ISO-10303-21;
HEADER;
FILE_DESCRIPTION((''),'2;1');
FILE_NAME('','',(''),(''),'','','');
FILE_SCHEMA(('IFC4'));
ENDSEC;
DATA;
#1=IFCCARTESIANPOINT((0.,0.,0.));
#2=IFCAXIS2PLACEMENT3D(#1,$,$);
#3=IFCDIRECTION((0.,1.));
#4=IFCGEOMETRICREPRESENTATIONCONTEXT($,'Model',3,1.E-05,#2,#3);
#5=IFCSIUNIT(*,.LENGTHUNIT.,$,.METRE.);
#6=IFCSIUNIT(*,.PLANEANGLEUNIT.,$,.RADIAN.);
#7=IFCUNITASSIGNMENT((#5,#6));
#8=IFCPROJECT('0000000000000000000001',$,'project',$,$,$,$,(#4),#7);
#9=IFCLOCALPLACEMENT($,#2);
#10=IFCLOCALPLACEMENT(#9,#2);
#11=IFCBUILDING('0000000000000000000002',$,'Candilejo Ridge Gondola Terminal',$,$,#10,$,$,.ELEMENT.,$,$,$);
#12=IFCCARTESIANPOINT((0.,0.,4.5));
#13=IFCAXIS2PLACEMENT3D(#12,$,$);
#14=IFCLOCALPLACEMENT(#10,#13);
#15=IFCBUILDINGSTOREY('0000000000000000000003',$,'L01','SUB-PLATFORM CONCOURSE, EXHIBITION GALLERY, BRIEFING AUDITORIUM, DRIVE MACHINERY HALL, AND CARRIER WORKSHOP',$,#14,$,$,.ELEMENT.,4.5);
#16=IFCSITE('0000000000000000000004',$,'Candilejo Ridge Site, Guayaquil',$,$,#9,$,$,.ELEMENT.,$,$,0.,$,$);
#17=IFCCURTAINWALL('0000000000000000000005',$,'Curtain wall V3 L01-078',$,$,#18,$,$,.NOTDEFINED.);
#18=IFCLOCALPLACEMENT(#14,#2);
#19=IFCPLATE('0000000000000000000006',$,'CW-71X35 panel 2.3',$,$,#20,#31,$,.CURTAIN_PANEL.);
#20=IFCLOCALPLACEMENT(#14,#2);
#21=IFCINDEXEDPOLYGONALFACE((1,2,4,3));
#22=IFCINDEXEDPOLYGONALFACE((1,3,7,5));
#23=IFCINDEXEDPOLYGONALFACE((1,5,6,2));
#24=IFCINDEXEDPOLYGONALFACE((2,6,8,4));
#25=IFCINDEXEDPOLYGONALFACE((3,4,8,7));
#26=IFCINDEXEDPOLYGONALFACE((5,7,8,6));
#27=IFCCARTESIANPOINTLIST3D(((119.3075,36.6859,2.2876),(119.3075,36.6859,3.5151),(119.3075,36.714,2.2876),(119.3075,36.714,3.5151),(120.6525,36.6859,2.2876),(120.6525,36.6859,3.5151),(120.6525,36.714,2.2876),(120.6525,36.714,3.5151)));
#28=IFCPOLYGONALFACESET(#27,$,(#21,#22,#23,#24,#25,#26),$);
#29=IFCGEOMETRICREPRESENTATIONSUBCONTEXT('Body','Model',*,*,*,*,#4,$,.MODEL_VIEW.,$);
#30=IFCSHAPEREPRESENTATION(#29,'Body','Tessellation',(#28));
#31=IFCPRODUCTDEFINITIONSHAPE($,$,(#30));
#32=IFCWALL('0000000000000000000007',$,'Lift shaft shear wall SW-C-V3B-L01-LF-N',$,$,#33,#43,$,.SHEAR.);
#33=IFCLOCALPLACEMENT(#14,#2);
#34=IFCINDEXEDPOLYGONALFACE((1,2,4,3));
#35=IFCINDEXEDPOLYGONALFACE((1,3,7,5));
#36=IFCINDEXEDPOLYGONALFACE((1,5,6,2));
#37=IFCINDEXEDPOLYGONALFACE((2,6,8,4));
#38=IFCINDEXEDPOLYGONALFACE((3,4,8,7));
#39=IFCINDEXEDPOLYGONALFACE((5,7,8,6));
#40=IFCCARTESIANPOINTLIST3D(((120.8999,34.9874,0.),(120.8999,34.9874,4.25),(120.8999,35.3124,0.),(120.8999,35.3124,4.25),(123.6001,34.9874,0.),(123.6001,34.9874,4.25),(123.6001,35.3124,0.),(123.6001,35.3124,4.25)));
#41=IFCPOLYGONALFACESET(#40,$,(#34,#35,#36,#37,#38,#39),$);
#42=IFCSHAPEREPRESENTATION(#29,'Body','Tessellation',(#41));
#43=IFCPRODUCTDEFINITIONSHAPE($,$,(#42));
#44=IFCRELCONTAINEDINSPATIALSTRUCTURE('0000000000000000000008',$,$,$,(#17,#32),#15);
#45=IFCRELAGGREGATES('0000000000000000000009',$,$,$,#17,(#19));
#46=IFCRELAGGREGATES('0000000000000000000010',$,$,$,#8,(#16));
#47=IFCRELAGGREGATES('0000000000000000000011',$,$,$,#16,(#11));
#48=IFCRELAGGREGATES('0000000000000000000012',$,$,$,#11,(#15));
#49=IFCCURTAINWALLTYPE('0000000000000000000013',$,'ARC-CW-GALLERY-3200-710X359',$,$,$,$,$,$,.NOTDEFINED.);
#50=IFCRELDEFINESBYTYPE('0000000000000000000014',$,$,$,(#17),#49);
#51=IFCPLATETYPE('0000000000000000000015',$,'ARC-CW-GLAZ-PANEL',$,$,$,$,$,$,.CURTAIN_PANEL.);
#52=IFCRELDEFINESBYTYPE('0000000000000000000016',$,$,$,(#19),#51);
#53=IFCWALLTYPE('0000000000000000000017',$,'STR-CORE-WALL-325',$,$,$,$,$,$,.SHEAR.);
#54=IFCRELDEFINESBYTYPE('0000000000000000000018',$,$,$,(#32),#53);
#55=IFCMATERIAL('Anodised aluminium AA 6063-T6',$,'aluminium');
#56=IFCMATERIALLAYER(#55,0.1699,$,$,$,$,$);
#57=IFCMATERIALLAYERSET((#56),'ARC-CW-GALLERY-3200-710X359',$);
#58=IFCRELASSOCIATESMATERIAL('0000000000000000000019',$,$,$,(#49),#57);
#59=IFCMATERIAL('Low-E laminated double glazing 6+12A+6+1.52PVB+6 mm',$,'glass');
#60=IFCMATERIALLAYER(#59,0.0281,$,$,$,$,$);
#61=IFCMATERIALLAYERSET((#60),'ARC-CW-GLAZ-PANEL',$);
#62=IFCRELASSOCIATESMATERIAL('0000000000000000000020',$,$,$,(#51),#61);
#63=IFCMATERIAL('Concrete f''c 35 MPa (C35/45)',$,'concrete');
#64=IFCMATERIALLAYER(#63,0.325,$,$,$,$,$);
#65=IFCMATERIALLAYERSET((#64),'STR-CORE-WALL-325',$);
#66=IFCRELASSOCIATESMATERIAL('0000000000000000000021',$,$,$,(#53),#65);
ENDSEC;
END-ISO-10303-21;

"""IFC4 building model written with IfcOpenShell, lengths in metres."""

from ifc_helpers import new_model, si_unit, direction, frame, frame_2d, origin, origin_2d, place, context, subcontext, project, spatial, rectangle, extrude, material, layer, layer_set, type_object, element, aggregate, save


model = new_model("IFC4")

# Units and contexts
model_context = context("Model", 3, precision=1e-05, world=origin(), true_north=direction((0.0, 1.0)))
body_context = subcontext(model_context, "Body", "Model", "MODEL_VIEW")
ifc_project = project(units=[si_unit("LENGTHUNIT", "METRE"), si_unit("PLANEANGLEUNIT", "RADIAN")], contexts=[model_context])

# Site, building, storey
site_placement = place(None, origin())
site = spatial("IfcSite", under=ifc_project, at=site_placement, Name="Candilejo Ridge Site, Guayaquil", CompositionType="ELEMENT", RefElevation=0.0)
building_placement = place(site_placement, origin())
building = spatial("IfcBuilding", under=site, at=building_placement, Name="Candilejo Ridge Gondola Terminal", CompositionType="ELEMENT")
storey_placement = place(building_placement, frame((0.0, 0.0, 4.5)))
storey = spatial("IfcBuildingStorey", under=building, at=storey_placement, Name="L01", Description="SUB-PLATFORM CONCOURSE, EXHIBITION GALLERY, BRIEFING AUDITORIUM, DRIVE MACHINERY HALL, AND CARRIER WORKSHOP", CompositionType="ELEMENT", Elevation=4.5)

# Shared definitions
ifc_material_1 = material(Name="Anodised aluminium AA 6063-T6", Category="aluminium")
ifc_layer_1 = layer(ifc_material_1, 0.1699)
ifc_layer_set_1 = layer_set([ifc_layer_1], Name="ARC-CW-GALLERY-3200-710X359")
curtain_wall_type = type_object("IfcCurtainWallType", Name="ARC-CW-GALLERY-3200-710X359", PredefinedType="NOTDEFINED", material=ifc_layer_set_1)

# Curtain wall
curtain_wall_1_placement = place(storey_placement, origin())
curtain_wall_1 = element("IfcCurtainWall", 1, at=curtain_wall_1_placement, inside=storey, type_object=curtain_wall_type, Name="Curtain wall V3 L01-078", PredefinedType="NOTDEFINED")

# Plate
ifc_material_2 = material(Name="Low-E laminated double glazing 6+12A+6+1.52PVB+6 mm", Category="glass")
ifc_layer_2 = layer(ifc_material_2, 0.0281)
ifc_layer_set_2 = layer_set([ifc_layer_2], Name="ARC-CW-GLAZ-PANEL")
plate_type = type_object("IfcPlateType", Name="ARC-CW-GLAZ-PANEL", PredefinedType="CURTAIN_PANEL", material=ifc_layer_set_2)
plate_1_placement = place(storey_placement, frame((119.98, 36.7, 2.2876), z_axis=(0.0, 0.0, 1.0), x_axis=(1.0, 0.0, 0.0)))
plate_1 = element("IfcPlate", 2, at=plate_1_placement, type_object=plate_type, Name="CW-71X35 panel 2.3", PredefinedType="CURTAIN_PANEL", context=body_context, shape_type="SweptSolid", body=[
    extrude(rectangle(XDim=1.345, YDim=0.0281, at=origin_2d()), origin(), (0.0, 0.0, 1.0), 1.2275),
])
aggregate(curtain_wall_1, [plate_1])

# Wall
ifc_material_3 = material(Name="Concrete f'c 35 MPa (C35/45)", Category="concrete")
ifc_layer_3 = layer(ifc_material_3, 0.325)
ifc_layer_set_3 = layer_set([ifc_layer_3], Name="STR-CORE-WALL-325")
wall_type = type_object("IfcWallType", Name="STR-CORE-WALL-325", PredefinedType="SHEAR", material=ifc_layer_set_3)
wall_placement = place(storey_placement, frame((120.8999, 35.1499, 0.0), z_axis=(0.0, 0.0, 1.0), x_axis=(1.0, 0.0, 0.0)))
element("IfcWall", 3, at=wall_placement, inside=storey, type_object=wall_type, Name="Lift shaft shear wall SW-C-V3B-L01-LF-N", PredefinedType="SHEAR", context=body_context, shape_type="SweptSolid", body=[
    extrude(rectangle(XDim=2.7002, YDim=0.325, at=frame_2d((1.3501, 0.0))), origin(), (0.0, 0.0, 1.0), 4.25),
])

save(model, "model.ifc")
